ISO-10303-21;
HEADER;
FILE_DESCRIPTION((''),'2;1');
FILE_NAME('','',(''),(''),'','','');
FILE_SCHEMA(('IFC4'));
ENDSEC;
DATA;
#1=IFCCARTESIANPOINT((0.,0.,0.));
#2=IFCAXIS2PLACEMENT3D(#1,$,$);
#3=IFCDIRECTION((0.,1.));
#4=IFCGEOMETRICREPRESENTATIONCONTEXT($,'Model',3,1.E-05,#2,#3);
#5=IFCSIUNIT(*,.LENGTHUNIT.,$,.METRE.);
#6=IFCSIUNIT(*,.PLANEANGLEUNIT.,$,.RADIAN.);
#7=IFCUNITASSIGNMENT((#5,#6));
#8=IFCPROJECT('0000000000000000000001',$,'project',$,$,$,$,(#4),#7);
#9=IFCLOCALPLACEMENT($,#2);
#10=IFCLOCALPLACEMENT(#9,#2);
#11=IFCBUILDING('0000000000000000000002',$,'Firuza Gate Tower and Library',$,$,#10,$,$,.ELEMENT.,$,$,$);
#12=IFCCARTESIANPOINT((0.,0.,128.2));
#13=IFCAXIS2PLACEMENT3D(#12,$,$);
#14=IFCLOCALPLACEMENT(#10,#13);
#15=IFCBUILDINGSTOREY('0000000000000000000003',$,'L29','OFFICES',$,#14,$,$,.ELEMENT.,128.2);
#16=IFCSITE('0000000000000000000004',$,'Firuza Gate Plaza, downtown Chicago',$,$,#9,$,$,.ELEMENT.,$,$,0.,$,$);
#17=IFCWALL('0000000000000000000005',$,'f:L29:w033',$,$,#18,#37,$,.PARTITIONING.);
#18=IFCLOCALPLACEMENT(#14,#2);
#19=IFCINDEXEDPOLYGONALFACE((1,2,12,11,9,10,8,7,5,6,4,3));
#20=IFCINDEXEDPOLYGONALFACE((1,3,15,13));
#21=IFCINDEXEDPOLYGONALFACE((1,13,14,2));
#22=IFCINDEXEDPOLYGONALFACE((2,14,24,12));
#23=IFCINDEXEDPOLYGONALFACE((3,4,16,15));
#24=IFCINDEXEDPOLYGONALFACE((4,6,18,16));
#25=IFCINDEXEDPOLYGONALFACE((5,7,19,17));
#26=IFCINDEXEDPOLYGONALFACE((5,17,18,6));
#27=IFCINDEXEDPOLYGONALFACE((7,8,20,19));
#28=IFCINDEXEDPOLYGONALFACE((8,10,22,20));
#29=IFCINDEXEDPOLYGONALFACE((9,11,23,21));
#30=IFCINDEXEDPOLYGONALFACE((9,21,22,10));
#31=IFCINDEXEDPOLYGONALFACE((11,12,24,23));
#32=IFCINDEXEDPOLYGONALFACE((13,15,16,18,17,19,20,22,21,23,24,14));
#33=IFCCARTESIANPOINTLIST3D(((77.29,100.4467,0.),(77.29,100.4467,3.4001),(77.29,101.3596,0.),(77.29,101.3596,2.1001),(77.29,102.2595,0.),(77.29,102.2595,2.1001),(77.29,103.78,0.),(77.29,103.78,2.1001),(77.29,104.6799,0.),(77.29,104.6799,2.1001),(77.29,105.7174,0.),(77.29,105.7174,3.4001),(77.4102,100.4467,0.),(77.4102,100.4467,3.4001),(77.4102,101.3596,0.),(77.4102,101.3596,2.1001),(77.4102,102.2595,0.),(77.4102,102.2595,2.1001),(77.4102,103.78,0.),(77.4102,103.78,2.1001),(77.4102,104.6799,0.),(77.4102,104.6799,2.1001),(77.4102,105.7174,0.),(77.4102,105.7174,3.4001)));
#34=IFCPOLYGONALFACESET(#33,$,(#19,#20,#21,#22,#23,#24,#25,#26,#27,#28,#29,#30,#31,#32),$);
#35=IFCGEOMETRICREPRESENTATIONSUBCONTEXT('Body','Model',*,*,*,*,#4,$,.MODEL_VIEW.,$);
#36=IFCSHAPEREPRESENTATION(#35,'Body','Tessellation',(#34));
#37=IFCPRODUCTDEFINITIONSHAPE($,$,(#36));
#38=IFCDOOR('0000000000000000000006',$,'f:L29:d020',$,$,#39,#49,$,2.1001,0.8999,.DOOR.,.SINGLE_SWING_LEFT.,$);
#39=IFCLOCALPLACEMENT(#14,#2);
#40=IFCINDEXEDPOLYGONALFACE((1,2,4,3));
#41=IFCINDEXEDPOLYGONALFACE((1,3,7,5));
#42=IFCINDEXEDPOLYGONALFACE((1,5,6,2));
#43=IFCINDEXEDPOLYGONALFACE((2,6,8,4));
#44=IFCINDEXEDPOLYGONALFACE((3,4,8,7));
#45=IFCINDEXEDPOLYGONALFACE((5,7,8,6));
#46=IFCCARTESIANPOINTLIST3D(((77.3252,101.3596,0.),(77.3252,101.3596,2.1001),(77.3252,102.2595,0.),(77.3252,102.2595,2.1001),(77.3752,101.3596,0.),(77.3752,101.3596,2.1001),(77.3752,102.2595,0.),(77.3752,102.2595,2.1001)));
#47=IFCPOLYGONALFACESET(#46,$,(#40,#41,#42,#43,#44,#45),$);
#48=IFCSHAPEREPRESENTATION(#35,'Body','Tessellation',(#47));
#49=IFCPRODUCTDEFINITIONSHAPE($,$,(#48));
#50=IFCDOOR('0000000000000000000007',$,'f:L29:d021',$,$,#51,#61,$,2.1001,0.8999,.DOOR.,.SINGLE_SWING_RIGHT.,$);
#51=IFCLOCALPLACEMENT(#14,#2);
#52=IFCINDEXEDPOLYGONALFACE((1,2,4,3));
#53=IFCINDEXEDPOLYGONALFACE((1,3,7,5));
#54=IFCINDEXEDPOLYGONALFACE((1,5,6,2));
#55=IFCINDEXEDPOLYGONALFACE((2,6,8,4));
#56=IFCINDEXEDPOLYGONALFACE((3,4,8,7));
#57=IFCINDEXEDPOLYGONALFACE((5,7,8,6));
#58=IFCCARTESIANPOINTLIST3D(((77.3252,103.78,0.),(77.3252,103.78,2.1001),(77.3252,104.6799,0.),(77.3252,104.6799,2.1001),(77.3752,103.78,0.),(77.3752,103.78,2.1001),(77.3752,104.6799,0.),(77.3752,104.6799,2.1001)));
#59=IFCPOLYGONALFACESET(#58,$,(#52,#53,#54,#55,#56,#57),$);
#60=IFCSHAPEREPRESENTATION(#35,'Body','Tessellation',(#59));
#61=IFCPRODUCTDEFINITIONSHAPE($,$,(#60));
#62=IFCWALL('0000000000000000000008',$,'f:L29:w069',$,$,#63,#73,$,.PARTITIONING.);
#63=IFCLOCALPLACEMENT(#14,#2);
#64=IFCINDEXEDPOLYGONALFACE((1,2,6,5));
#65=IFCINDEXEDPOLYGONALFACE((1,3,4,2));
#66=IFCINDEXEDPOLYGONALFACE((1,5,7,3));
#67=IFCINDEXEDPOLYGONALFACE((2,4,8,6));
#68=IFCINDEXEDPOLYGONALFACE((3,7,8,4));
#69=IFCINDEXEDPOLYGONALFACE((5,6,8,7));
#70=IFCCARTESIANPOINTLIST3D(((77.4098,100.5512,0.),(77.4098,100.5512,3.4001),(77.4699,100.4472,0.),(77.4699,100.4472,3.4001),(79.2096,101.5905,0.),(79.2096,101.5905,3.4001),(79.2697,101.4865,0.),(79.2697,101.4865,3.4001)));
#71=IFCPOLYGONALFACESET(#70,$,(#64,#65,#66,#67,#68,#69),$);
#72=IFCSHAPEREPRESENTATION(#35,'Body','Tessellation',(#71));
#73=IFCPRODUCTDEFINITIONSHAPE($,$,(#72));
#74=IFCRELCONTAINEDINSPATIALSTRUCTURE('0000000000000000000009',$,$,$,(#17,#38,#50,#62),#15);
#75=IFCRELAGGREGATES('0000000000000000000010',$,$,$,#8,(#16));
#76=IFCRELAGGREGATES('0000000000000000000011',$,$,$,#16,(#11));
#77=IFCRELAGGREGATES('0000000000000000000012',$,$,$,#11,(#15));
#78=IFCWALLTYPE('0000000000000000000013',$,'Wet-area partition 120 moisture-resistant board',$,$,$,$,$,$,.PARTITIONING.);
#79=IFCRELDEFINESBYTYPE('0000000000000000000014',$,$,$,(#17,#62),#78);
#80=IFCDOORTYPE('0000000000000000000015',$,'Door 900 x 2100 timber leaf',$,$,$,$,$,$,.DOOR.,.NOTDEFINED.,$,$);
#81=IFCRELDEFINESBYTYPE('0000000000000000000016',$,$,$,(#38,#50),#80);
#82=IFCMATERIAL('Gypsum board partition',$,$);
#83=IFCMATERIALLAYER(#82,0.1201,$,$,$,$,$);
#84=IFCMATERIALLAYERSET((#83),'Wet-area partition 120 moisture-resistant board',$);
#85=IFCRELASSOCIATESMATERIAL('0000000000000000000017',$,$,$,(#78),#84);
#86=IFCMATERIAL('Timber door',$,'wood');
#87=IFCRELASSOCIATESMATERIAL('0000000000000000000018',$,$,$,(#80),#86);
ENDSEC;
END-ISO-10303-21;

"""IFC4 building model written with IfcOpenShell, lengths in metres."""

from ifc_helpers import new_model, si_unit, direction, frame, frame_2d, origin, place, context, subcontext, project, spatial, rectangle, extrude, material, layer, layer_set, type_object, element, fill, save


model = new_model("IFC4")

# Units and contexts
model_context = context("Model", 3, precision=1e-05, world=origin(), true_north=direction((0.0, 1.0)))
body_context = subcontext(model_context, "Body", "Model", "MODEL_VIEW")
ifc_project = project(units=[si_unit("LENGTHUNIT", "METRE"), si_unit("PLANEANGLEUNIT", "RADIAN")], contexts=[model_context])

# Site, building, storey
site_placement = place(None, origin())
site = spatial("IfcSite", under=ifc_project, at=site_placement, Name="Firuza Gate Plaza, downtown Chicago", CompositionType="ELEMENT", RefElevation=0.0)
building_placement = place(site_placement, origin())
building = spatial("IfcBuilding", under=site, at=building_placement, Name="Firuza Gate Tower and Library", CompositionType="ELEMENT")
storey_placement = place(building_placement, frame((0.0, 0.0, 128.2)))
storey = spatial("IfcBuildingStorey", under=building, at=storey_placement, Name="L29", Description="OFFICES", CompositionType="ELEMENT", Elevation=128.2)

# Shared definitions
ifc_material_1 = material(Name="Gypsum board partition")
ifc_layer_1 = layer(ifc_material_1, 0.1201)
ifc_layer_set_1 = layer_set([ifc_layer_1], Name="Wet-area partition 120 moisture-resistant board")
wall_type_1 = type_object("IfcWallType", Name="Wet-area partition 120 moisture-resistant board", PredefinedType="PARTITIONING", material=ifc_layer_set_1)

# Wall, openings, doors
wall_1_placement = place(storey_placement, frame((77.3501, 100.4468, 0.0), z_axis=(0.0, 0.0, 1.0), x_axis=(0.0, 1.0, 0.0)))
wall_1 = element("IfcWall", 1, at=wall_1_placement, inside=storey, type_object=wall_type_1, Name="f:L29:w033", PredefinedType="PARTITIONING", context=body_context, shape_type="SweptSolid", body=[
    extrude(rectangle(XDim=5.2708, YDim=0.1201, at=frame_2d((2.6353, 0.0))), origin(), (0.0, 0.0, 1.0), 3.4001),
])
opening_1_placement = place(wall_1_placement, frame((0.9128, 0.0, 0.0)))
opening_1 = element("IfcOpeningElement", 2, at=opening_1_placement, cuts=wall_1, PredefinedType="OPENING", context=body_context, shape_type="SweptSolid", body=[
    extrude(rectangle(XDim=0.8999, YDim=2.1001, at=frame_2d((0.45, 1.05))), frame((0.0, 0.0701, 0.0), z_axis=(0.0, -1.0, 0.0), x_axis=(1.0, 0.0, 0.0)), (0.0, 0.0, 1.0), 0.1401),
])
opening_2_placement = place(wall_1_placement, frame((3.3333, 0.0, 0.0)))
opening_2 = element("IfcOpeningElement", 3, at=opening_2_placement, cuts=wall_1, PredefinedType="OPENING", context=body_context, shape_type="SweptSolid", body=[
    extrude(rectangle(XDim=0.8999, YDim=2.1001, at=frame_2d((0.45, 1.05))), frame((0.0, 0.0701, 0.0), z_axis=(0.0, -1.0, 0.0), x_axis=(1.0, 0.0, 0.0)), (0.0, 0.0, 1.0), 0.1401),
])
ifc_material_2 = material(Name="Timber door", Category="wood")
door_type_1 = type_object("IfcDoorType", Name="Door 900 x 2100 timber leaf", OperationType="NOTDEFINED", PredefinedType="DOOR", material=ifc_material_2)
door_1_placement = place(opening_1_placement, origin())
door_1 = element("IfcDoor", 4, at=door_1_placement, inside=storey, type_object=door_type_1, Name="f:L29:d020", OperationType="SINGLE_SWING_LEFT", OverallHeight=2.1001, OverallWidth=0.8999, PredefinedType="DOOR", context=body_context, shape_type="SweptSolid", body=[
    extrude(rectangle(XDim=0.8999, YDim=2.1001, at=frame_2d((0.45, 1.05))), frame((0.0, 0.0249, 0.0), z_axis=(0.0, -1.0, 0.0), x_axis=(1.0, 0.0, 0.0)), (0.0, 0.0, 1.0), 0.05),
])
fill(opening_1, door_1)
door_2_placement = place(opening_2_placement, origin())
door_2 = element("IfcDoor", 5, at=door_2_placement, inside=storey, type_object=door_type_1, Name="f:L29:d021", OperationType="SINGLE_SWING_RIGHT", OverallHeight=2.1001, OverallWidth=0.8999, PredefinedType="DOOR", context=body_context, shape_type="SweptSolid", body=[
    extrude(rectangle(XDim=0.8999, YDim=2.1001, at=frame_2d((0.45, 1.05))), frame((0.0, 0.0249, 0.0), z_axis=(0.0, -1.0, 0.0), x_axis=(1.0, 0.0, 0.0)), (0.0, 0.0, 1.0), 0.05),
])
fill(opening_2, door_2)

# Wall
wall_2_placement = place(storey_placement, frame((77.4399, 100.4993, 0.0), z_axis=(0.0, 0.0, 1.0), x_axis=(0.865986, 0.500068, 0.0)))
element("IfcWall", 6, at=wall_2_placement, inside=storey, type_object=wall_type_1, Name="f:L29:w069", PredefinedType="PARTITIONING", context=body_context, shape_type="SweptSolid", body=[
    extrude(rectangle(XDim=2.0784, YDim=0.1201, at=frame_2d((1.0391, 0.0))), origin(), (0.0, 0.0, 1.0), 3.4001),
])

save(model, "model.ifc")
